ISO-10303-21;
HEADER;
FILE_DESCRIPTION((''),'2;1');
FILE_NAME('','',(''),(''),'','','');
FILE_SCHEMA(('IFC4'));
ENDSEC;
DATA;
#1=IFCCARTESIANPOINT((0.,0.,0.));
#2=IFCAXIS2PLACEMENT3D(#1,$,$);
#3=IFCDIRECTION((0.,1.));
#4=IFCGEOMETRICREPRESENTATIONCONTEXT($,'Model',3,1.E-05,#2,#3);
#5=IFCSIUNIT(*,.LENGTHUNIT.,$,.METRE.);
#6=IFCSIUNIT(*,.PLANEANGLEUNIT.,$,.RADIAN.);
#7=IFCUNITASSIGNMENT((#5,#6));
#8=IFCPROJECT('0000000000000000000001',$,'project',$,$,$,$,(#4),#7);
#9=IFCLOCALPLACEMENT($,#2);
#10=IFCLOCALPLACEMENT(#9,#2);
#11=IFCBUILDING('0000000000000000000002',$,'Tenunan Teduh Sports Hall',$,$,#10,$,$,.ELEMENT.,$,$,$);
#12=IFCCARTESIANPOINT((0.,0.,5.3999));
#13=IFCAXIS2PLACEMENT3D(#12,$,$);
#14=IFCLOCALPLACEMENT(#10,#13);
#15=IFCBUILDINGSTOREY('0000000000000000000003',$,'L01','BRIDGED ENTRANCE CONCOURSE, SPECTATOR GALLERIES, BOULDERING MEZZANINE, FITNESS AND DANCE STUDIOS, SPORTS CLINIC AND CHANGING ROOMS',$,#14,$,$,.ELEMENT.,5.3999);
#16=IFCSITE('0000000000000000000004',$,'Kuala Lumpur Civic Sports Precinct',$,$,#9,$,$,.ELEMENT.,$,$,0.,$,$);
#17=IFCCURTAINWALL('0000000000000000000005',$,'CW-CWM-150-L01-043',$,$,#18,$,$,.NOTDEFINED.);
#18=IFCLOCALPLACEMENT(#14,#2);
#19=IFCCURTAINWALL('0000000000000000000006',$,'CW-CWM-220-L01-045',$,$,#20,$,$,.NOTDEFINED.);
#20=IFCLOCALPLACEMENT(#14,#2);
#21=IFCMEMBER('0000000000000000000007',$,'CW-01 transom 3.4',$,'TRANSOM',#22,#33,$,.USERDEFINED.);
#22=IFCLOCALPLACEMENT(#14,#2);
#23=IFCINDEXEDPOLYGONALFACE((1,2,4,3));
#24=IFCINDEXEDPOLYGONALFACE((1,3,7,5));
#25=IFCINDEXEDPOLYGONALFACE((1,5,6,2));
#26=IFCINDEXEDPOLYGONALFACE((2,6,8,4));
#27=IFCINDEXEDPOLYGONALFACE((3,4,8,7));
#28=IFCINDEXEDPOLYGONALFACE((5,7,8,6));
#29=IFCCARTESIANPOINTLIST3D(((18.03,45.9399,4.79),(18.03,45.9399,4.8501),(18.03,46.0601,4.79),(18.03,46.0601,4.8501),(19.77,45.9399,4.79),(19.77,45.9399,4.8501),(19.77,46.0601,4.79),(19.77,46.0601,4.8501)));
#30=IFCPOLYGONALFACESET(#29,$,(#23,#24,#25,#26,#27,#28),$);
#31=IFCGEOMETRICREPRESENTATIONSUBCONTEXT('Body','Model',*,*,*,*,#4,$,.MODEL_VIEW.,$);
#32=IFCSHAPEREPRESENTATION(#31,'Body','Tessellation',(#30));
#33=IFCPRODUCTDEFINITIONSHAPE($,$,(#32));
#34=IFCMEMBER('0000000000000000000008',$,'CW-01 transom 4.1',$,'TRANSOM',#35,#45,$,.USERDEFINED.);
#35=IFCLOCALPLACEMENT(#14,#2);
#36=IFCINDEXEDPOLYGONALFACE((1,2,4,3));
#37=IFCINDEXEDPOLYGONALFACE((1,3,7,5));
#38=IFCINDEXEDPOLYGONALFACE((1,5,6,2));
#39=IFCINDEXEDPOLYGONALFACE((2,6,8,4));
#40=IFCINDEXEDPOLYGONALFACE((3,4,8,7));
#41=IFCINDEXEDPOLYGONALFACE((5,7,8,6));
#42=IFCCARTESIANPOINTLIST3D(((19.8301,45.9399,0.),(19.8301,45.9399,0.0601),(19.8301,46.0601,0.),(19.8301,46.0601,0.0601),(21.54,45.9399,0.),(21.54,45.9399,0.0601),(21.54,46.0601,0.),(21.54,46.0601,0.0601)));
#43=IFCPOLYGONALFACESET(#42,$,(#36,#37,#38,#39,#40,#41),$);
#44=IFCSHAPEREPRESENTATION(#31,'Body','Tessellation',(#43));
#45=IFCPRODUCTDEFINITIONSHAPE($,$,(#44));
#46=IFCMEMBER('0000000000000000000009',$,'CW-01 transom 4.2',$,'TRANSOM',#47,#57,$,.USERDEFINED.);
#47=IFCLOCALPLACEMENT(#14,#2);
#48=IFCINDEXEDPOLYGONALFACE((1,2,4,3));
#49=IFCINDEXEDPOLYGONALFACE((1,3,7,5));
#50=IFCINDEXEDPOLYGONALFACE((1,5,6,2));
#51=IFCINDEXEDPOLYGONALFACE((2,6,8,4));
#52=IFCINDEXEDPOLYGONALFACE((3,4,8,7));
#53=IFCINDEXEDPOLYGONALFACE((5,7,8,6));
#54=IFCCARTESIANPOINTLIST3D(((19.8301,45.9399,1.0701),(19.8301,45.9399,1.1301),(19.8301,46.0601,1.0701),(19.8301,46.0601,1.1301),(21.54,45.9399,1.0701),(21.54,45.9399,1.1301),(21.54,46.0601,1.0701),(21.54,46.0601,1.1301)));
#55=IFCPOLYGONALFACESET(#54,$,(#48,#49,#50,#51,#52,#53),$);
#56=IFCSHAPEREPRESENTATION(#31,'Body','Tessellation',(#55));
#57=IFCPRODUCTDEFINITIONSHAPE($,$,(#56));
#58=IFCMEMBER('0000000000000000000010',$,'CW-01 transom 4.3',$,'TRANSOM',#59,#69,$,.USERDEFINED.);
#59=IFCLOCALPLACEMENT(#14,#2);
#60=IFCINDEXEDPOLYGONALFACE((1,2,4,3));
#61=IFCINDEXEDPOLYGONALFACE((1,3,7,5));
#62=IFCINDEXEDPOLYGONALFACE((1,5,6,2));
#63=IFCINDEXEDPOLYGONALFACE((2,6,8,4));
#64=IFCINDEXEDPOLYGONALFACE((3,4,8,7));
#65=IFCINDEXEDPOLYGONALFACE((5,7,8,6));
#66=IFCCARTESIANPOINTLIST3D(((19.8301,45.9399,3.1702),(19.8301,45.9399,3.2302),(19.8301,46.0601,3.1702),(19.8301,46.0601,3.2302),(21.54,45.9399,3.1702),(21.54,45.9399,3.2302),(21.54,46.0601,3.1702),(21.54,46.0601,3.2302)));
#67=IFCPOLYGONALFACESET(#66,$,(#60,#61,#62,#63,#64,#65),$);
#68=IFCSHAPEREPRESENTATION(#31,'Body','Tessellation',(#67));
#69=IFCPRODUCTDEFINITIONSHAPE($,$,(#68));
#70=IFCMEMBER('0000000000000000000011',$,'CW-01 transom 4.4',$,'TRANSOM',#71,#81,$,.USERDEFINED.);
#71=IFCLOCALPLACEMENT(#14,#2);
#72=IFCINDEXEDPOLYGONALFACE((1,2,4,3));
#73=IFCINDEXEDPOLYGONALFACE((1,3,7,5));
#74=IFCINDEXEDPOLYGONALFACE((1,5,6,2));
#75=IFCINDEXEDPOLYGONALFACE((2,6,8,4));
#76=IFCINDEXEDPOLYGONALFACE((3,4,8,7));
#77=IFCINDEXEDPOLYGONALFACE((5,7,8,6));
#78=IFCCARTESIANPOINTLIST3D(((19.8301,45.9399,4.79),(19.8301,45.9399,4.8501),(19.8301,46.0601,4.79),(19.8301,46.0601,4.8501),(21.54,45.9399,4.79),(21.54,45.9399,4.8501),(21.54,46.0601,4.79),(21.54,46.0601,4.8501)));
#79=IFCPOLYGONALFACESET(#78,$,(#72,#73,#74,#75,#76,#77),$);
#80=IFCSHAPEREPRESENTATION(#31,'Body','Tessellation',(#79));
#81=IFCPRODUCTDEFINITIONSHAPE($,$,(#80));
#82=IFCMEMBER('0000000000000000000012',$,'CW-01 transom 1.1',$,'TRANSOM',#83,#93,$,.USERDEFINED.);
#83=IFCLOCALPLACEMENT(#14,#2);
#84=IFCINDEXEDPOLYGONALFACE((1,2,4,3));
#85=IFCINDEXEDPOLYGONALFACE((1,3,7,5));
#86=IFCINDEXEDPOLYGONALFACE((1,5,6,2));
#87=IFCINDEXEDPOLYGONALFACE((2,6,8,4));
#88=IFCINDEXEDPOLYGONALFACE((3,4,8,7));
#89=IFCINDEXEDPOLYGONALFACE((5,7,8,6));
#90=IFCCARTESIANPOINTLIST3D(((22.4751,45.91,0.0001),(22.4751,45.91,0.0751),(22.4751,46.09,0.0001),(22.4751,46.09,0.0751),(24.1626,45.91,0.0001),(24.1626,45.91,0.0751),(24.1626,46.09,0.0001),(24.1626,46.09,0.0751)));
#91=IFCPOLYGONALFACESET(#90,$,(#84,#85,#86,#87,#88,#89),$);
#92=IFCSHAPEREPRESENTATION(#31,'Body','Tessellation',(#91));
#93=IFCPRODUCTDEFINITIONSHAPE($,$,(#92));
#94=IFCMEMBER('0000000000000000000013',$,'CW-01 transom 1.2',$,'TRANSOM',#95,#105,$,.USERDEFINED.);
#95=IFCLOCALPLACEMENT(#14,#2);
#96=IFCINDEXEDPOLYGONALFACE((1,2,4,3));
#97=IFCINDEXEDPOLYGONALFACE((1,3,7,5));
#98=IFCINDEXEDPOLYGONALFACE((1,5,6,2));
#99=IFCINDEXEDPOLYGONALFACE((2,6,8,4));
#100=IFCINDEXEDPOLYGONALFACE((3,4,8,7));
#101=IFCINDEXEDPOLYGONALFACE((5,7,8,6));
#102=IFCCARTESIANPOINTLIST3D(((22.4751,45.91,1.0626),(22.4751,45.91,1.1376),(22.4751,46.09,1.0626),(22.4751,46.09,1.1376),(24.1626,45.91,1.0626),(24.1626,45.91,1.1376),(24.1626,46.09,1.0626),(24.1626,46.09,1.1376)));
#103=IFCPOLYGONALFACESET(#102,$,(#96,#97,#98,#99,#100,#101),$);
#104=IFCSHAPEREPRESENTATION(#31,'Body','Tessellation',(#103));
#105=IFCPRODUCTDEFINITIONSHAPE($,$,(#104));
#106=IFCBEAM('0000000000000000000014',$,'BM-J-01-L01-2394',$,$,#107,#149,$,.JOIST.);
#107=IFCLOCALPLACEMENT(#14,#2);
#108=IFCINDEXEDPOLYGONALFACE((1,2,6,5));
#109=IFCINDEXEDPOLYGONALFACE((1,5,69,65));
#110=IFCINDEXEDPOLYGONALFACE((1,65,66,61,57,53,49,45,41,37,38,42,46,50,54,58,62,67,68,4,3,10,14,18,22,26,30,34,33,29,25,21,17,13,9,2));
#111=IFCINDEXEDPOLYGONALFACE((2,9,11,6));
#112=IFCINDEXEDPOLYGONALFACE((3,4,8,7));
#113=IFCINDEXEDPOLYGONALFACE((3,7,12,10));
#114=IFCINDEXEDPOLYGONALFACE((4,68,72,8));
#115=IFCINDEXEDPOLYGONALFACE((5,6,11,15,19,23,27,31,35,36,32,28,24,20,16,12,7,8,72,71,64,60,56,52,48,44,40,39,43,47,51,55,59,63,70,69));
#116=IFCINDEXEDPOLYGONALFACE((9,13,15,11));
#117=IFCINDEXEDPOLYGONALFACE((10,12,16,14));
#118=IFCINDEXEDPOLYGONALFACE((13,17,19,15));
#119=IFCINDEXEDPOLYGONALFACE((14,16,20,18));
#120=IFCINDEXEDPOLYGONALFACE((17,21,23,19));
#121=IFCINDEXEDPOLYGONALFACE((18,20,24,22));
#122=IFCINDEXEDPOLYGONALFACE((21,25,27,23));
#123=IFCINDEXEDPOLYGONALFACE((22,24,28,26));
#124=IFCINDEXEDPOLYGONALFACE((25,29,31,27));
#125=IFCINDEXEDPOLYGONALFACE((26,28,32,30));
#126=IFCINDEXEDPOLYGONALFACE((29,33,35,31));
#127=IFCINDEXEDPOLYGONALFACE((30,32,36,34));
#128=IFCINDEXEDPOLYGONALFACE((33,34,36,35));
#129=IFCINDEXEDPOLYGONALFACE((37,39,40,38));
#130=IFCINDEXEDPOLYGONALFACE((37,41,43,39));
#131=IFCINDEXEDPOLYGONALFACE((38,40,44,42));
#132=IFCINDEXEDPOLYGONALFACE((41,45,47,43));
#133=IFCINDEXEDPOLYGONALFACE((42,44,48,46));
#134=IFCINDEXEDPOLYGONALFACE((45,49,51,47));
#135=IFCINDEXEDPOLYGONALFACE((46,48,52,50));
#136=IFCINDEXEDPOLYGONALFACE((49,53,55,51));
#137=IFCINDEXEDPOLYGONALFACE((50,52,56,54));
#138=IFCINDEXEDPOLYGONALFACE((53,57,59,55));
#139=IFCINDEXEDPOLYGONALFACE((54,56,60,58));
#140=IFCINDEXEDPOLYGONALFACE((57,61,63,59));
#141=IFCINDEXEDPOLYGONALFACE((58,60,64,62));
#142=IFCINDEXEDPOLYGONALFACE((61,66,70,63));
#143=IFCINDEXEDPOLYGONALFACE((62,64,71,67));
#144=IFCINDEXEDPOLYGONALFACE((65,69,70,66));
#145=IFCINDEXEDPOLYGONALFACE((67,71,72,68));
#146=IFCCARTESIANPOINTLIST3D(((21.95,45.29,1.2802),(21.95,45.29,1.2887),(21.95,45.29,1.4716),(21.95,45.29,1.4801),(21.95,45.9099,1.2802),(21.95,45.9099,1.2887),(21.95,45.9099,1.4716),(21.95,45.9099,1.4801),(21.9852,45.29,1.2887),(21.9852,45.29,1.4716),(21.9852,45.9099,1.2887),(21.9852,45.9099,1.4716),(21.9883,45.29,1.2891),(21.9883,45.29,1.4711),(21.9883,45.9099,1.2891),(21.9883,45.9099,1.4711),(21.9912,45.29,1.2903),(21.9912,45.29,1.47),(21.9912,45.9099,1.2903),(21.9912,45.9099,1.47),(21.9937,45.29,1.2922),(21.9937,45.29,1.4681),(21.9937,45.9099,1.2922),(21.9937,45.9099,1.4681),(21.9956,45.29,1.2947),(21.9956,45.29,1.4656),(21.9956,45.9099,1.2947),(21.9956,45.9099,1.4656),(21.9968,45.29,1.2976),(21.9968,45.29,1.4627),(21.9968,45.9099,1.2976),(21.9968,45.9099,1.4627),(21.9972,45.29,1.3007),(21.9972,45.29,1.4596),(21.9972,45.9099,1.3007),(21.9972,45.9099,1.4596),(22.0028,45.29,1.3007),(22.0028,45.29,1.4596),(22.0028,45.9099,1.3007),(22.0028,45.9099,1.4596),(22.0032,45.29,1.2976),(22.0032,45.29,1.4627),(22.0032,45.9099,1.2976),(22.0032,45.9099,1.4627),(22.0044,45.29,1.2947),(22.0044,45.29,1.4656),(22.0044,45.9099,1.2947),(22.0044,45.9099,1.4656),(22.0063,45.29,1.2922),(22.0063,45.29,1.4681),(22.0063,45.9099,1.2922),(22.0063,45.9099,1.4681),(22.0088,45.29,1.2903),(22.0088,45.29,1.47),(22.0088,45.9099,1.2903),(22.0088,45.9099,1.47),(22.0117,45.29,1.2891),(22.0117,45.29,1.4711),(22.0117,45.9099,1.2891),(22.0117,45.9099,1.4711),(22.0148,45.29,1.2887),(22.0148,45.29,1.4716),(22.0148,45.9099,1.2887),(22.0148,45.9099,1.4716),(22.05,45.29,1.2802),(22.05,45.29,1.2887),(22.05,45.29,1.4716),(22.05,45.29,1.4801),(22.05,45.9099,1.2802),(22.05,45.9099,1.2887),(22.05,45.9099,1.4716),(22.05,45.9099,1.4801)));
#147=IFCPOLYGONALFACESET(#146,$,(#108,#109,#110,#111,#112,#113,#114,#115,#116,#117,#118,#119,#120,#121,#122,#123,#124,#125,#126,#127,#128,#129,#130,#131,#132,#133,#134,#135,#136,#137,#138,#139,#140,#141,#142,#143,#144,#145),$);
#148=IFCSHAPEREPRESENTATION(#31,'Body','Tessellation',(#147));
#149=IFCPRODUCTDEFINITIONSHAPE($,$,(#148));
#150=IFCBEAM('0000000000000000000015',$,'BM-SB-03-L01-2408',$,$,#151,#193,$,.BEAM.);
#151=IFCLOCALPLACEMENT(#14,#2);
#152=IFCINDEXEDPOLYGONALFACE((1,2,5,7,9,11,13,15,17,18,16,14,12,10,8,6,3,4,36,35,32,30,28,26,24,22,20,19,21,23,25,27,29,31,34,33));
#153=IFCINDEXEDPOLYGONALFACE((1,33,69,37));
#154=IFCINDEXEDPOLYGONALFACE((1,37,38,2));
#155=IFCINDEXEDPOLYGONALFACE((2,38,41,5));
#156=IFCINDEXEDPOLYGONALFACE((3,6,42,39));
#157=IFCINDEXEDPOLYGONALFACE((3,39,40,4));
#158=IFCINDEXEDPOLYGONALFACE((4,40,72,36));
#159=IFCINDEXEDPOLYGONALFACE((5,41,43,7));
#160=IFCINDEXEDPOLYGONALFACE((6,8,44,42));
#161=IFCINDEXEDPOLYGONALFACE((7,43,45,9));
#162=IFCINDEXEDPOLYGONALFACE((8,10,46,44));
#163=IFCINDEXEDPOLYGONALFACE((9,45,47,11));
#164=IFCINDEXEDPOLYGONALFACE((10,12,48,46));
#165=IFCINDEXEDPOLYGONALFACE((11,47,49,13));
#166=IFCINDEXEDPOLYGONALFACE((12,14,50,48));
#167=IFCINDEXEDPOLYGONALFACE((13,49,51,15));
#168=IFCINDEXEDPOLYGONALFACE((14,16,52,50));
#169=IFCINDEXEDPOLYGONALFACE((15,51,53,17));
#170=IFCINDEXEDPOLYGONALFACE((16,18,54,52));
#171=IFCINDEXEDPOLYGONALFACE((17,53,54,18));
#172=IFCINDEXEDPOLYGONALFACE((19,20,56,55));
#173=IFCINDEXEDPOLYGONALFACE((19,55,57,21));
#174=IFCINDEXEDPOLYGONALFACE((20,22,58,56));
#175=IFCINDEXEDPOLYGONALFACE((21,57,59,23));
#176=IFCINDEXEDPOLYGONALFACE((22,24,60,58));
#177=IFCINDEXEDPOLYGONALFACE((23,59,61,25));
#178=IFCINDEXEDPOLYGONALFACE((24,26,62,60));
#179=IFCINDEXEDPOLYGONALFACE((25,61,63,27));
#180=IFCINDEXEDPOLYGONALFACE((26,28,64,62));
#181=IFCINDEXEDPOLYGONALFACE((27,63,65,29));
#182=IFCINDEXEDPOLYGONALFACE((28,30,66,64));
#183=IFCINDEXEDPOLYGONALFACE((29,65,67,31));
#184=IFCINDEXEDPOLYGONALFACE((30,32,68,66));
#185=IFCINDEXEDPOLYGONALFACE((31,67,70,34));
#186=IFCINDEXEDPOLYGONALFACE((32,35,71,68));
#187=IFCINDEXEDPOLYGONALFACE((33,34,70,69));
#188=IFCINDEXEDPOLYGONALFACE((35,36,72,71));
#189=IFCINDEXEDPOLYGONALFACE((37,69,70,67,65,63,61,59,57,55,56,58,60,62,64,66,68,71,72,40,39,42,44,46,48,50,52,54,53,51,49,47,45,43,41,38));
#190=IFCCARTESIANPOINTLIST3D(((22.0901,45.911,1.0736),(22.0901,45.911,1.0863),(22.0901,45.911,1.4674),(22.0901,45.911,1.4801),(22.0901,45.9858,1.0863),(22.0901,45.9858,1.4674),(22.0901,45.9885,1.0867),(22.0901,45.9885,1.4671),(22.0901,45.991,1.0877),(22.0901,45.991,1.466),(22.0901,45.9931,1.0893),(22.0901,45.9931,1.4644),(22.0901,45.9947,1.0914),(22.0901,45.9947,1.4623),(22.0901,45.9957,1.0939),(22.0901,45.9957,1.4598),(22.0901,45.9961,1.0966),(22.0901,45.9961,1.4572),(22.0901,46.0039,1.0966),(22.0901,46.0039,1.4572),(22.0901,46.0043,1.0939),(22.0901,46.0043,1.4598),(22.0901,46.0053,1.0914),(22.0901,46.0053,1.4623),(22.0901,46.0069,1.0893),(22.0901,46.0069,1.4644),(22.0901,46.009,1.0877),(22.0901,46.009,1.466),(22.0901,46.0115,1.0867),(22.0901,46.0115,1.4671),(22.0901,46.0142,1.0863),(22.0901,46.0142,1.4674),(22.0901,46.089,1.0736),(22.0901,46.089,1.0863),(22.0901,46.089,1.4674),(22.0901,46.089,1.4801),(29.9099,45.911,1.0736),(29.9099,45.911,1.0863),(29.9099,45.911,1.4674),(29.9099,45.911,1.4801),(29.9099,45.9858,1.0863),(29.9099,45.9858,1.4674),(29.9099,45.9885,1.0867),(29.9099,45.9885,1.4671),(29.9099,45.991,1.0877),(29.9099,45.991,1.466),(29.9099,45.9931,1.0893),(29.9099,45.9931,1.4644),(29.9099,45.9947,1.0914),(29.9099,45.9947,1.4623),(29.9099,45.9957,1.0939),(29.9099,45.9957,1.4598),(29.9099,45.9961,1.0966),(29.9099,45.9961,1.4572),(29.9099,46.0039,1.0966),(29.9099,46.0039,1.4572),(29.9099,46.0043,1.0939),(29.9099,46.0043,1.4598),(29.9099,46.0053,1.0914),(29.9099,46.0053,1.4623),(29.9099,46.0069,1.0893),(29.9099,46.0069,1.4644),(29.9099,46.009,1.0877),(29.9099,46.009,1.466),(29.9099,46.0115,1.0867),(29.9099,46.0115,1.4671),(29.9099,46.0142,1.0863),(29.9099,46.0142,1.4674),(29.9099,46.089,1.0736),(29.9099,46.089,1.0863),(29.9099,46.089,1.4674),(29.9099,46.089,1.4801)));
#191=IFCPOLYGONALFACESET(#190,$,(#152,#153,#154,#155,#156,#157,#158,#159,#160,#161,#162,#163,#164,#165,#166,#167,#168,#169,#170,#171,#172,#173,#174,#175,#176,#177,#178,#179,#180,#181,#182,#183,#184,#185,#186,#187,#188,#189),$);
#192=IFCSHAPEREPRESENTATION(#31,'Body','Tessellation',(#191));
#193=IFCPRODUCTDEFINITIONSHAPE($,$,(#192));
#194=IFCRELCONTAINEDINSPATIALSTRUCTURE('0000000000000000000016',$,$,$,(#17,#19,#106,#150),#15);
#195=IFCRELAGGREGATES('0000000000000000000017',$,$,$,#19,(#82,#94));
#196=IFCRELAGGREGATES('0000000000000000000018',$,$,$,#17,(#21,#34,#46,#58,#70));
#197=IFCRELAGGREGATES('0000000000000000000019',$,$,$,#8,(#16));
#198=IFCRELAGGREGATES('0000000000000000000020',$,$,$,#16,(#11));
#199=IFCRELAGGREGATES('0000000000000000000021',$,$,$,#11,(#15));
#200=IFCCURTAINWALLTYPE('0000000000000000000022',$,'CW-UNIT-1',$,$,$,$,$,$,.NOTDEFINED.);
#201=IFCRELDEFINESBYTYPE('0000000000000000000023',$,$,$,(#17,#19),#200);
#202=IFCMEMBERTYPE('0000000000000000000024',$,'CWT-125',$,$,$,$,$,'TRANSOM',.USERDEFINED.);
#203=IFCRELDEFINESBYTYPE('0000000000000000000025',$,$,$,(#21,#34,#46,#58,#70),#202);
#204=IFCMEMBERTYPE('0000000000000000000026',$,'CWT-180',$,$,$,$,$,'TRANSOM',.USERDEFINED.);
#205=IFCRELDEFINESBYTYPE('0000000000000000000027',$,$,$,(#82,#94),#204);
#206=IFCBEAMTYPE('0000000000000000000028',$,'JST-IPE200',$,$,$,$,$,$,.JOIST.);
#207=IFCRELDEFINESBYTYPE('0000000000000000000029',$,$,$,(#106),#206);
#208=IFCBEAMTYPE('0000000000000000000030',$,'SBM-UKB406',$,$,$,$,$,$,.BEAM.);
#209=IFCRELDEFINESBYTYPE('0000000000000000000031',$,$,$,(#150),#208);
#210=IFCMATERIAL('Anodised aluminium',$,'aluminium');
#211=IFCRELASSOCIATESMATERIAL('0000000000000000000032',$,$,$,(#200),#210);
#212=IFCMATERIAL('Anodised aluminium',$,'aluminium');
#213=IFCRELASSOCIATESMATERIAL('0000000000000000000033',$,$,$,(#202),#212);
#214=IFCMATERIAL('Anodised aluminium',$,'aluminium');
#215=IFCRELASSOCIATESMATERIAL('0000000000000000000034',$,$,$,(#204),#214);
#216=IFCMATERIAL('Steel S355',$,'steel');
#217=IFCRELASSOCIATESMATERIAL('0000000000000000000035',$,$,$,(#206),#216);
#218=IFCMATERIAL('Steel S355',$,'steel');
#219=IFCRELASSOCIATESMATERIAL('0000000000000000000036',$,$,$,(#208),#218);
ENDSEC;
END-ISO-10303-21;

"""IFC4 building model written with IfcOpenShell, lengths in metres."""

from ifc_helpers import new_model, si_unit, direction, frame, origin, origin_2d, place, context, subcontext, project, spatial, rectangle, i_section, extrude, material, material_profile, profile_set, type_object, element, aggregate, save


model = new_model("IFC4")

# Units and contexts
model_context = context("Model", 3, precision=1e-05, world=origin(), true_north=direction((0.0, 1.0)))
body_context = subcontext(model_context, "Body", "Model", "MODEL_VIEW")
ifc_project = project(units=[si_unit("LENGTHUNIT", "METRE"), si_unit("PLANEANGLEUNIT", "RADIAN")], contexts=[model_context])

# Site, building, storey
site_placement = place(None, origin())
site = spatial("IfcSite", under=ifc_project, at=site_placement, Name="Kuala Lumpur Civic Sports Precinct", CompositionType="ELEMENT", RefElevation=0.0)
building_placement = place(site_placement, origin())
building = spatial("IfcBuilding", under=site, at=building_placement, Name="Tenunan Teduh Sports Hall", CompositionType="ELEMENT")
storey_placement = place(building_placement, frame((0.0, 0.0, 5.3999)))
storey = spatial("IfcBuildingStorey", under=building, at=storey_placement, Name="L01", Description="BRIDGED ENTRANCE CONCOURSE, SPECTATOR GALLERIES, BOULDERING MEZZANINE, FITNESS AND DANCE STUDIOS, SPORTS CLINIC AND CHANGING ROOMS", CompositionType="ELEMENT", Elevation=5.3999)

# Curtain wall
ifc_material_1 = material(Name="Anodised aluminium", Category="aluminium")
curtain_wall_type = type_object("IfcCurtainWallType", Name="CW-UNIT-1", PredefinedType="NOTDEFINED", material=ifc_material_1)
curtain_wall_1_placement = place(storey_placement, origin())
curtain_wall_1 = element("IfcCurtainWall", 1, at=curtain_wall_1_placement, inside=storey, type_object=curtain_wall_type, Name="CW-CWM-150-L01-043", PredefinedType="NOTDEFINED")

# Curtain wall
curtain_wall_2_placement = place(storey_placement, origin())
curtain_wall_2 = element("IfcCurtainWall", 2, at=curtain_wall_2_placement, inside=storey, type_object=curtain_wall_type, Name="CW-CWM-220-L01-045", PredefinedType="NOTDEFINED")

# Members
ifc_material_2 = material(Name="Anodised aluminium", Category="aluminium")
ifc_material_profile_1 = material_profile(ifc_material_2, rectangle(XDim=0.0601, YDim=0.1201, at=origin_2d()), Name="CWT 60x120")
ifc_profile_set_1 = profile_set([ifc_material_profile_1], Name="Anodised aluminium")
member_type_1 = type_object("IfcMemberType", Name="CWT-125", ElementType="TRANSOM", PredefinedType="USERDEFINED", material=ifc_profile_set_1)
member_1_placement = place(storey_placement, frame((18.03, 46.0, 4.8201), z_axis=(1.0, 0.0, 0.0), x_axis=(0.0, 0.0, 1.0)))
member_1 = element("IfcMember", 3, at=member_1_placement, type_object=member_type_1, Name="CW-01 transom 3.4", ObjectType="TRANSOM", PredefinedType="USERDEFINED", context=body_context, shape_type="SweptSolid", body=[
    extrude(rectangle(XDim=0.0601, YDim=0.1201, at=origin_2d()), origin(), (0.0, 0.0, 1.0), 1.74),
])
member_2_placement = place(storey_placement, frame((19.8301, 46.0, 0.03), z_axis=(1.0, 0.0, 0.0), x_axis=(0.0, 0.0, 1.0)))
member_2 = element("IfcMember", 4, at=member_2_placement, type_object=member_type_1, Name="CW-01 transom 4.1", ObjectType="TRANSOM", PredefinedType="USERDEFINED", context=body_context, shape_type="SweptSolid", body=[
    extrude(rectangle(XDim=0.0601, YDim=0.1201, at=origin_2d()), origin(), (0.0, 0.0, 1.0), 1.71),
])
member_3_placement = place(storey_placement, frame((19.8301, 46.0, 1.1001), z_axis=(1.0, 0.0, 0.0), x_axis=(0.0, 0.0, 1.0)))
member_3 = element("IfcMember", 5, at=member_3_placement, type_object=member_type_1, Name="CW-01 transom 4.2", ObjectType="TRANSOM", PredefinedType="USERDEFINED", context=body_context, shape_type="SweptSolid", body=[
    extrude(rectangle(XDim=0.0601, YDim=0.1201, at=origin_2d()), origin(), (0.0, 0.0, 1.0), 1.71),
])
member_4_placement = place(storey_placement, frame((19.8301, 46.0, 3.2002), z_axis=(1.0, 0.0, 0.0), x_axis=(0.0, 0.0, 1.0)))
member_4 = element("IfcMember", 6, at=member_4_placement, type_object=member_type_1, Name="CW-01 transom 4.3", ObjectType="TRANSOM", PredefinedType="USERDEFINED", context=body_context, shape_type="SweptSolid", body=[
    extrude(rectangle(XDim=0.0601, YDim=0.1201, at=origin_2d()), origin(), (0.0, 0.0, 1.0), 1.71),
])
member_5_placement = place(storey_placement, frame((19.8301, 46.0, 4.8201), z_axis=(1.0, 0.0, 0.0), x_axis=(0.0, 0.0, 1.0)))
member_5 = element("IfcMember", 7, at=member_5_placement, type_object=member_type_1, Name="CW-01 transom 4.4", ObjectType="TRANSOM", PredefinedType="USERDEFINED", context=body_context, shape_type="SweptSolid", body=[
    extrude(rectangle(XDim=0.0601, YDim=0.1201, at=origin_2d()), origin(), (0.0, 0.0, 1.0), 1.71),
])
ifc_material_3 = material(Name="Anodised aluminium", Category="aluminium")
ifc_material_profile_2 = material_profile(ifc_material_3, rectangle(XDim=0.075, YDim=0.1799, at=origin_2d()), Name="CWT 75x180")
ifc_profile_set_2 = profile_set([ifc_material_profile_2], Name="Anodised aluminium")
member_type_2 = type_object("IfcMemberType", Name="CWT-180", ElementType="TRANSOM", PredefinedType="USERDEFINED", material=ifc_profile_set_2)
member_6_placement = place(storey_placement, frame((22.4751, 46.0, 0.0376), z_axis=(1.0, 0.0, 0.0), x_axis=(0.0, 0.0, 1.0)))
member_6 = element("IfcMember", 8, at=member_6_placement, type_object=member_type_2, Name="CW-01 transom 1.1", ObjectType="TRANSOM", PredefinedType="USERDEFINED", context=body_context, shape_type="SweptSolid", body=[
    extrude(rectangle(XDim=0.075, YDim=0.1799, at=origin_2d()), origin(), (0.0, 0.0, 1.0), 1.6875),
])
member_7_placement = place(storey_placement, frame((22.4751, 46.0, 1.1001), z_axis=(1.0, 0.0, 0.0), x_axis=(0.0, 0.0, 1.0)))
member_7 = element("IfcMember", 9, at=member_7_placement, type_object=member_type_2, Name="CW-01 transom 1.2", ObjectType="TRANSOM", PredefinedType="USERDEFINED", context=body_context, shape_type="SweptSolid", body=[
    extrude(rectangle(XDim=0.075, YDim=0.1799, at=origin_2d()), origin(), (0.0, 0.0, 1.0), 1.6875),
])
aggregate(curtain_wall_2, [member_6, member_7])

# Beams
ifc_material_4 = material(Name="Steel S355", Category="steel")
ifc_material_profile_3 = material_profile(ifc_material_4, i_section(OverallWidth=0.1001, OverallDepth=0.2, WebThickness=0.0056, FlangeThickness=0.0085, FilletRadius=0.012, at=origin_2d()), Name="IPE 200")
ifc_profile_set_3 = profile_set([ifc_material_profile_3], Name="Steel S355")
beam_type_1 = type_object("IfcBeamType", Name="JST-IPE200", PredefinedType="JOIST", material=ifc_profile_set_3)
beam_1_placement = place(storey_placement, frame((22.0, 45.29, 1.3801), z_axis=(0.0, 1.0, 0.0), x_axis=(-1.0, 0.0, 0.0)))
element("IfcBeam", 10, at=beam_1_placement, inside=storey, type_object=beam_type_1, Name="BM-J-01-L01-2394", PredefinedType="JOIST", context=body_context, shape_type="SweptSolid", body=[
    extrude(i_section(OverallWidth=0.1001, OverallDepth=0.2, WebThickness=0.0056, FlangeThickness=0.0085, FilletRadius=0.012, at=origin_2d()), origin(), (0.0, 0.0, 1.0), 0.6199),
])
ifc_material_5 = material(Name="Steel S355", Category="steel")
ifc_material_profile_4 = material_profile(ifc_material_5, i_section(OverallWidth=0.178, OverallDepth=0.4065, WebThickness=0.0078, FlangeThickness=0.0127, FilletRadius=0.0103, at=origin_2d()), Name="UKB 406x178x60")
ifc_profile_set_4 = profile_set([ifc_material_profile_4], Name="Steel S355")
beam_type_2 = type_object("IfcBeamType", Name="SBM-UKB406", PredefinedType="BEAM", material=ifc_profile_set_4)
beam_2_placement = place(storey_placement, frame((22.0901, 46.0, 1.2769), z_axis=(1.0, 0.0, 0.0), x_axis=(0.0, 1.0, 0.0)))
element("IfcBeam", 11, at=beam_2_placement, inside=storey, type_object=beam_type_2, Name="BM-SB-03-L01-2408", PredefinedType="BEAM", context=body_context, shape_type="SweptSolid", body=[
    extrude(i_section(OverallWidth=0.178, OverallDepth=0.4065, WebThickness=0.0078, FlangeThickness=0.0127, FilletRadius=0.0103, at=origin_2d()), origin(), (0.0, 0.0, 1.0), 7.8198),
])

aggregate(curtain_wall_1, [member_1, member_2, member_3, member_4, member_5])

save(model, "model.ifc")
